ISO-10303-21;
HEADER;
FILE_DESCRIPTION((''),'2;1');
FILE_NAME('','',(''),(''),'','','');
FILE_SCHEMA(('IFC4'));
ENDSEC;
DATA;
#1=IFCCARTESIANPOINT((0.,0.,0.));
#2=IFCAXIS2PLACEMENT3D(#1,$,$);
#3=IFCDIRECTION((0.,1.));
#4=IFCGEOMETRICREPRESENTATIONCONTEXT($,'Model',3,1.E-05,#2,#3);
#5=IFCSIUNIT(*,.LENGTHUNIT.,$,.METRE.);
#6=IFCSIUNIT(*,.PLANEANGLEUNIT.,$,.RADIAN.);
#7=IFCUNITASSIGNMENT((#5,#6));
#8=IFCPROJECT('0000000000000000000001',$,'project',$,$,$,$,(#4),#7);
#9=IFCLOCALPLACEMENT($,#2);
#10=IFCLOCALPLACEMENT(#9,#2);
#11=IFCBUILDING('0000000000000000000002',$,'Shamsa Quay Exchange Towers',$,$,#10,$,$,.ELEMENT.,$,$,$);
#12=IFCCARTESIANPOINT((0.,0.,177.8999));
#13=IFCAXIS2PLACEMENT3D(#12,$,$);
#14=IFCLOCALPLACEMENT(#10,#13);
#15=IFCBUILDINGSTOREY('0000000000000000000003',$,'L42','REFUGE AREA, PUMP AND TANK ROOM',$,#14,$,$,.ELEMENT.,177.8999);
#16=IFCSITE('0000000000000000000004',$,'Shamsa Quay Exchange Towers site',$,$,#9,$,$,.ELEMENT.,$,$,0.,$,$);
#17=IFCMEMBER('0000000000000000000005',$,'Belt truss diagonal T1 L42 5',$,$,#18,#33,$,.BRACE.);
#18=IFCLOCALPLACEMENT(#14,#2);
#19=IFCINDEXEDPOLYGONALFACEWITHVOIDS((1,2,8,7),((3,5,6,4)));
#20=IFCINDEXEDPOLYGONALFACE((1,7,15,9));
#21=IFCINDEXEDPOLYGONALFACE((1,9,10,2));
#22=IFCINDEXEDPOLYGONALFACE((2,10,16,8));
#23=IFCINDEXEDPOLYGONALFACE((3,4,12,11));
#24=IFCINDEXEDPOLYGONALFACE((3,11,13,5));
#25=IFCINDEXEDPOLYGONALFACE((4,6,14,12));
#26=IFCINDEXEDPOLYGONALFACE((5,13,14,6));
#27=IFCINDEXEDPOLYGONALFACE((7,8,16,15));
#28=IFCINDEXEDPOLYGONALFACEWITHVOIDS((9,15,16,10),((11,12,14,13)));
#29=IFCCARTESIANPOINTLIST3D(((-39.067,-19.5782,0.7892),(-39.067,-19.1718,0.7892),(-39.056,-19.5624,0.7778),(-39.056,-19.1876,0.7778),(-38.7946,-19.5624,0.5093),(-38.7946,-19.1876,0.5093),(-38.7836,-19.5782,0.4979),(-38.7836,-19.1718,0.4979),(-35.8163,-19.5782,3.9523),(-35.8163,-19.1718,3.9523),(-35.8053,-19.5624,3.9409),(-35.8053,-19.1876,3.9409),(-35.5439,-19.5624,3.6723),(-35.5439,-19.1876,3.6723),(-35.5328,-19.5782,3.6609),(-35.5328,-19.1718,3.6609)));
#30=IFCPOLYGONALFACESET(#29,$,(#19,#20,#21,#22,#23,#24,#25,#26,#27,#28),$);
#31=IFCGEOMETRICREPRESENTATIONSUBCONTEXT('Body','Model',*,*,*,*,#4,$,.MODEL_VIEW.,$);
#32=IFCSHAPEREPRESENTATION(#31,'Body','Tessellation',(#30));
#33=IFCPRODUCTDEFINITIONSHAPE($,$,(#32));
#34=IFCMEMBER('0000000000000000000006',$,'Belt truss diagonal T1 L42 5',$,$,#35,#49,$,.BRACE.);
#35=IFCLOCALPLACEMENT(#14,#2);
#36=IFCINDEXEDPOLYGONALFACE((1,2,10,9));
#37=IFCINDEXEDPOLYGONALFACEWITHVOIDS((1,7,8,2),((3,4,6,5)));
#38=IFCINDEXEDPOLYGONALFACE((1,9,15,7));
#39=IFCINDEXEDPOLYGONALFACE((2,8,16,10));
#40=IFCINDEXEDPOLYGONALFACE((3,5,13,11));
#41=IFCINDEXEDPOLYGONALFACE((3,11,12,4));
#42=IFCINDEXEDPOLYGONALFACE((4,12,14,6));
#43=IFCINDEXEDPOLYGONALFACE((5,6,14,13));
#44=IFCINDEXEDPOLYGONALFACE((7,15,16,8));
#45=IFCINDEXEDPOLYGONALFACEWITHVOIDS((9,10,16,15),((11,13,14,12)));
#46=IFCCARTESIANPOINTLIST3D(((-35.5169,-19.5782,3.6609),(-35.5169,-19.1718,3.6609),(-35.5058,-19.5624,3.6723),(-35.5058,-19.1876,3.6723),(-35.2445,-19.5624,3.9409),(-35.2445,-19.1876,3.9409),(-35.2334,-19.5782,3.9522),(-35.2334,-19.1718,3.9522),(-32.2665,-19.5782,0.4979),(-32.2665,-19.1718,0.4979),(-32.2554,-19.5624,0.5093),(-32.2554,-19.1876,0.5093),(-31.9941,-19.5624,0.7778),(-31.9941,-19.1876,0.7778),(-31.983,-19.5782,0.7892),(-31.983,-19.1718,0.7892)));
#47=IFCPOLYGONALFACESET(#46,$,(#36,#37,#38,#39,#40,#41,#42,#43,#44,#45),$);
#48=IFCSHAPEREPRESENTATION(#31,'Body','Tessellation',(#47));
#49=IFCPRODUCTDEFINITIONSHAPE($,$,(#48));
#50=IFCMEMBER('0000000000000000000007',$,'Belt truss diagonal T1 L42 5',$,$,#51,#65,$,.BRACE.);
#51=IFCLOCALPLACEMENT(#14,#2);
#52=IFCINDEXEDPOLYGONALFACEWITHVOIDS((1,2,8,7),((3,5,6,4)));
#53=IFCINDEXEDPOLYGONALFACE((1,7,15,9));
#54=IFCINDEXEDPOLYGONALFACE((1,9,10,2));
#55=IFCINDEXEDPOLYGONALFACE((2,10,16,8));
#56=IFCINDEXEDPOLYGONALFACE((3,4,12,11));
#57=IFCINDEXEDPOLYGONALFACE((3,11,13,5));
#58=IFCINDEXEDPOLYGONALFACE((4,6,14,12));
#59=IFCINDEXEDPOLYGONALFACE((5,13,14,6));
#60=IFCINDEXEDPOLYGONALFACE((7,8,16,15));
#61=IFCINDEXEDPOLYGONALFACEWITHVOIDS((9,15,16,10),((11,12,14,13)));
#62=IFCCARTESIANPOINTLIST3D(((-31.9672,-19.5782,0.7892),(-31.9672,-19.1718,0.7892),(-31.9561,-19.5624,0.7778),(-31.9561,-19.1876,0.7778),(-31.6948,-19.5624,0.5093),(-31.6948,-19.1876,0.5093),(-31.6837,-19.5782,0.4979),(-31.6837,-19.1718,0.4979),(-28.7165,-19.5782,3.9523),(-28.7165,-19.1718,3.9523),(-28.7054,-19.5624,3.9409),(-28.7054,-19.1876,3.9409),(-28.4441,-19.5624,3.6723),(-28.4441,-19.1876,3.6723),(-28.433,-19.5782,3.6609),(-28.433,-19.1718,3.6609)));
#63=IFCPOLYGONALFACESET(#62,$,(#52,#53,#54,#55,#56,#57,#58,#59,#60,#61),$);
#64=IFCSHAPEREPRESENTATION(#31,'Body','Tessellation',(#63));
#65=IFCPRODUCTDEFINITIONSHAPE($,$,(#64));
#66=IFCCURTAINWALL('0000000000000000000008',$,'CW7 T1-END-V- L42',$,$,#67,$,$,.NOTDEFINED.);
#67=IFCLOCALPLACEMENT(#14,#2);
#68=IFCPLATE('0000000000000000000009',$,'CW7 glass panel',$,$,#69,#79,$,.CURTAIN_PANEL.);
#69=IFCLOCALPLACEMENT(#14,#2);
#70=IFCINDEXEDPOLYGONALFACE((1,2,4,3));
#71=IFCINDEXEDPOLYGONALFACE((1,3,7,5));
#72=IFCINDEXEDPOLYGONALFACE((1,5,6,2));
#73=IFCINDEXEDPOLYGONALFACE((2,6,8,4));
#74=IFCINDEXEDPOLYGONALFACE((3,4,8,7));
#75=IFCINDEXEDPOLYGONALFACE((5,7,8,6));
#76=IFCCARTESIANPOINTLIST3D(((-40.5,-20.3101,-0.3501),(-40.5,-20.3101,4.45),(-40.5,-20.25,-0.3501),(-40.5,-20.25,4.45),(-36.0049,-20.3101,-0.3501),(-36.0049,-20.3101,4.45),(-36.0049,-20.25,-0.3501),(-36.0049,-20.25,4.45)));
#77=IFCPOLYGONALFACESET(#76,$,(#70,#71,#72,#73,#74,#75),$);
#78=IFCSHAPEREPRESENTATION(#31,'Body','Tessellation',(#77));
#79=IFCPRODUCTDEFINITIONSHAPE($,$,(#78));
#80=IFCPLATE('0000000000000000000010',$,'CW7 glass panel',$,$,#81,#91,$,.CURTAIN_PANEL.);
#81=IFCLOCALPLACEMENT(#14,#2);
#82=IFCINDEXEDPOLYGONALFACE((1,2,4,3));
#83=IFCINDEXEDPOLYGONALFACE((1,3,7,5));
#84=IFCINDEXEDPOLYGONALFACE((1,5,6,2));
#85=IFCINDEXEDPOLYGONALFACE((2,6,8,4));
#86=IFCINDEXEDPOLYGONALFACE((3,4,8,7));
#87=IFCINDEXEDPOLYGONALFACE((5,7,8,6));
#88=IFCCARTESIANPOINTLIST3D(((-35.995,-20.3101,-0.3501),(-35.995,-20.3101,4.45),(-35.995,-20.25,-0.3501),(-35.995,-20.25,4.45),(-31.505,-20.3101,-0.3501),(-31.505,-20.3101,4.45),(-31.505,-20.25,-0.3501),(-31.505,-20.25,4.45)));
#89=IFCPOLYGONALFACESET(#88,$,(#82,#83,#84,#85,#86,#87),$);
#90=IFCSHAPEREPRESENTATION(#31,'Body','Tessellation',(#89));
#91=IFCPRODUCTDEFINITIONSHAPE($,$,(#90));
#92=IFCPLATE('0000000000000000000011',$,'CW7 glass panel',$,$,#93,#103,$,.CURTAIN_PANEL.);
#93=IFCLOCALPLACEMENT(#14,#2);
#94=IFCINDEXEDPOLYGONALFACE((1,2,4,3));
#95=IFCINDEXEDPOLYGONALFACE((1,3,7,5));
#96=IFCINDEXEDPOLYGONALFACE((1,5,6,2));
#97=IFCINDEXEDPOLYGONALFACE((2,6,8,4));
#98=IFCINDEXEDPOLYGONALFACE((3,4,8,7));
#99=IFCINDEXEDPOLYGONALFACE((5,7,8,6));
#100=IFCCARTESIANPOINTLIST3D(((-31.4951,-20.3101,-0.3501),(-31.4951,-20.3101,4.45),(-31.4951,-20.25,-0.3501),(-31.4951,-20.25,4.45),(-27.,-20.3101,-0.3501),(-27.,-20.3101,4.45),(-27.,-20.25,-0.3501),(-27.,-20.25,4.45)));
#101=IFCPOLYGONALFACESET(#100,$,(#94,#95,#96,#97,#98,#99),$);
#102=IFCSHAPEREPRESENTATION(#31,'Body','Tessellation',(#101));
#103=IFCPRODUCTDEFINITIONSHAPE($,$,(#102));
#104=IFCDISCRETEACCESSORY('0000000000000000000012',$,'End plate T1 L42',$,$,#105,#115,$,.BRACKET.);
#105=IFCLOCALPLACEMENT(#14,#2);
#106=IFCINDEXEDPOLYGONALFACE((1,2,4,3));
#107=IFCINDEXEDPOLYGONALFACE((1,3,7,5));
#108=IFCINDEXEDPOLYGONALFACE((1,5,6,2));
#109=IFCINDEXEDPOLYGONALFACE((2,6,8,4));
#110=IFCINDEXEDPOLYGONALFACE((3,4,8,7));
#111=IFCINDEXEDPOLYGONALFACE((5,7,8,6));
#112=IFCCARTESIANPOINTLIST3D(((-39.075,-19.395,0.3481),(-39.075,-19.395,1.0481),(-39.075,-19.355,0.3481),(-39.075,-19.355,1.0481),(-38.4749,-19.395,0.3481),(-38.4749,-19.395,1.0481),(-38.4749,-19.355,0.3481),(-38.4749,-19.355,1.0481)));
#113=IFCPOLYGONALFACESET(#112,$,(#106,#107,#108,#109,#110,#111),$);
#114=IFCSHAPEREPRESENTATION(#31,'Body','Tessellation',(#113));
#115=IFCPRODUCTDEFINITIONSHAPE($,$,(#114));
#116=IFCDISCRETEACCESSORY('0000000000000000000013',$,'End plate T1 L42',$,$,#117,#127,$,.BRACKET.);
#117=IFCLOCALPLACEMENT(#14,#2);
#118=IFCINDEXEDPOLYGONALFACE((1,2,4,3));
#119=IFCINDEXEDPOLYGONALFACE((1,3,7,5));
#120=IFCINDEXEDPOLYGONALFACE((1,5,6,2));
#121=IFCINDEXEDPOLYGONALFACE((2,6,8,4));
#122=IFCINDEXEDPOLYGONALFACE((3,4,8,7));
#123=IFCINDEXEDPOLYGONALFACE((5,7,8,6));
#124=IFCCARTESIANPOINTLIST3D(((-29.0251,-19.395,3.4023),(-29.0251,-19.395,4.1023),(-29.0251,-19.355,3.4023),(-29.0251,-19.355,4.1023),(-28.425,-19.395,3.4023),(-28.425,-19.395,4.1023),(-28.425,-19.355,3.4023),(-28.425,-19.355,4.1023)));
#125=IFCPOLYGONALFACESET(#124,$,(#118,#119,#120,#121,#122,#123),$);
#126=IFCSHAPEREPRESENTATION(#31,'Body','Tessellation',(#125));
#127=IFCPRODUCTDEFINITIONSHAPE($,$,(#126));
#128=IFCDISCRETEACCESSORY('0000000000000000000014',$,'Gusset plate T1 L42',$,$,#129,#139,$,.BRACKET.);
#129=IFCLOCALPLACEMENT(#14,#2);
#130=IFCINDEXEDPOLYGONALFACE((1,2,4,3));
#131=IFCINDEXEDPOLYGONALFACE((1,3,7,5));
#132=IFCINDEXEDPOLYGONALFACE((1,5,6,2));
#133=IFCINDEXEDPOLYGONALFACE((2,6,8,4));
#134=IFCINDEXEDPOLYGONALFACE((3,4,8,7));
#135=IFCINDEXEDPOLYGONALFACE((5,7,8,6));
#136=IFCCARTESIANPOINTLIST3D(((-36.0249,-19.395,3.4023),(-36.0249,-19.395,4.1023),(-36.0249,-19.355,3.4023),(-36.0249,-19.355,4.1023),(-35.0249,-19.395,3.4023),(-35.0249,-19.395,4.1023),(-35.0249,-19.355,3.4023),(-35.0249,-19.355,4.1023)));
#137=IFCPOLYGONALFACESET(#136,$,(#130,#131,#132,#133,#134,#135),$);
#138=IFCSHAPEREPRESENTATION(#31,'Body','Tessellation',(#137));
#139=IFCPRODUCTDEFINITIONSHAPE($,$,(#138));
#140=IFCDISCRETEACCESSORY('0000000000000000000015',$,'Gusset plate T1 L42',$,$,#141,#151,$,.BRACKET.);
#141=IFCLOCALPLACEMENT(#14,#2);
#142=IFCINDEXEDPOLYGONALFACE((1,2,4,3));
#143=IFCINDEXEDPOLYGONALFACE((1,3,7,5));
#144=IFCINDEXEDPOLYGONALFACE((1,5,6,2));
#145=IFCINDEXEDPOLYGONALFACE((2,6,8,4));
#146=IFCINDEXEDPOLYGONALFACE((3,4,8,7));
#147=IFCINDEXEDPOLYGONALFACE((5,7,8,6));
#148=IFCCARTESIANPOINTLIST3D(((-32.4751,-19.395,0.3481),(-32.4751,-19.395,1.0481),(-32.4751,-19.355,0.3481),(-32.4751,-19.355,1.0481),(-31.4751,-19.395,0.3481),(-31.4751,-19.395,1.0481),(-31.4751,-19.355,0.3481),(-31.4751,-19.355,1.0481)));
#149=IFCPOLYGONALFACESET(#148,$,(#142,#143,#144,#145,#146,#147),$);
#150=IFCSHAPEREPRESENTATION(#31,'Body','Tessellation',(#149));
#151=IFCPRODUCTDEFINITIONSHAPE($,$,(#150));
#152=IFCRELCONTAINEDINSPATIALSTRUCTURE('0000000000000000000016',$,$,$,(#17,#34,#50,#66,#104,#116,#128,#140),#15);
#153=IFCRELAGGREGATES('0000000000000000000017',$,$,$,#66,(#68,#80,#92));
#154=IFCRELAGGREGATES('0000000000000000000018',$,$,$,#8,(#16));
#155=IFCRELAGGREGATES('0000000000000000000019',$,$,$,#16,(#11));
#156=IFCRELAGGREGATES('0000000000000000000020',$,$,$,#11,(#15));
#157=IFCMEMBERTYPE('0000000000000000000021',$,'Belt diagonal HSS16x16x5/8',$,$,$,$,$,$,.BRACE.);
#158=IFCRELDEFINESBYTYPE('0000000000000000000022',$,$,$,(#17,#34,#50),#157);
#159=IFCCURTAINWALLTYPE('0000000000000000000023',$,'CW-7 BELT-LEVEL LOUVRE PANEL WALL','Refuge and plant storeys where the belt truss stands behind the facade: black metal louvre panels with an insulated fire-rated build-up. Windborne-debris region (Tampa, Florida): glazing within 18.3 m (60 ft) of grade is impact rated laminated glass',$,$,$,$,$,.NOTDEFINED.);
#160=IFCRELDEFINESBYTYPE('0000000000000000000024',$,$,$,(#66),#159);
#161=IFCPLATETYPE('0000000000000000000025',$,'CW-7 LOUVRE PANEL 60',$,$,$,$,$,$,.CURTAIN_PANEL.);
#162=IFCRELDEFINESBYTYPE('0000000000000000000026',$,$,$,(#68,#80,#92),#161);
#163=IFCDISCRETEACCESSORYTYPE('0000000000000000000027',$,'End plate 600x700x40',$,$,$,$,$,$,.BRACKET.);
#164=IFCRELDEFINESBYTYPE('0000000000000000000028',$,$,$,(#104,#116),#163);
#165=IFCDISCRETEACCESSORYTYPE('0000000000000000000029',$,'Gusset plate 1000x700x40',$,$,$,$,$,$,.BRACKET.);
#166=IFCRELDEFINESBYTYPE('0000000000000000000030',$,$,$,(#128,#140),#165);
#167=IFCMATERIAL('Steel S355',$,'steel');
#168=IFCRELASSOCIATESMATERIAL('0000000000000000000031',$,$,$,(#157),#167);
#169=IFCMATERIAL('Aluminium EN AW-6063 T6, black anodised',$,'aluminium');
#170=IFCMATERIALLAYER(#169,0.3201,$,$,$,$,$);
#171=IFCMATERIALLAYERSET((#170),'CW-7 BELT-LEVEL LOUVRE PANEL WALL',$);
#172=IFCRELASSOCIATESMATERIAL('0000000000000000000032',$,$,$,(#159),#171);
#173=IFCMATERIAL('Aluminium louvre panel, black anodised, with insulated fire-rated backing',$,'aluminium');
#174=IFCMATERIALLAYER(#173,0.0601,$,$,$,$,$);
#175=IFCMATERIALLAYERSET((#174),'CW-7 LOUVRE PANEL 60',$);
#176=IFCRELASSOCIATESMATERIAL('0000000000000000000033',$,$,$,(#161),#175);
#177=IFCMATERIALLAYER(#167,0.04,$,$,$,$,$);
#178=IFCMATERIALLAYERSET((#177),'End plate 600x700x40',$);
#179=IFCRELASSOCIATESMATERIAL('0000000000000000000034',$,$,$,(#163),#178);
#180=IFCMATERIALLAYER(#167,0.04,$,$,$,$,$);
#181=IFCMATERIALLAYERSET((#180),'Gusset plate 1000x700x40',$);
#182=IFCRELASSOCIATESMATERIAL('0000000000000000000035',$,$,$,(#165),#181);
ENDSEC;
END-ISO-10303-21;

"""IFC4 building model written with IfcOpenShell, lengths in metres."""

from ifc_helpers import new_model, si_unit, direction, frame, origin, origin_2d, place, context, subcontext, project, spatial, rectangle, hollow_rectangle, extrude, material, layer, layer_set, material_profile, profile_set, type_object, element, aggregate, save


model = new_model("IFC4")

# Units and contexts
model_context = context("Model", 3, precision=1e-05, world=origin(), true_north=direction((0.0, 1.0)))
body_context = subcontext(model_context, "Body", "Model", "MODEL_VIEW")
ifc_project = project(units=[si_unit("LENGTHUNIT", "METRE"), si_unit("PLANEANGLEUNIT", "RADIAN")], contexts=[model_context])

# Site, building, storey
site_placement = place(None, origin())
site = spatial("IfcSite", under=ifc_project, at=site_placement, Name="Shamsa Quay Exchange Towers site", CompositionType="ELEMENT", RefElevation=0.0)
building_placement = place(site_placement, origin())
building = spatial("IfcBuilding", under=site, at=building_placement, Name="Shamsa Quay Exchange Towers", CompositionType="ELEMENT")
storey_placement = place(building_placement, frame((0.0, 0.0, 177.8999)))
storey = spatial("IfcBuildingStorey", under=building, at=storey_placement, Name="L42", Description="REFUGE AREA, PUMP AND TANK ROOM", CompositionType="ELEMENT", Elevation=177.8999)

# Members
ifc_material_1 = material(Name="Steel S355", Category="steel")
ifc_material_profile_1 = material_profile(ifc_material_1, hollow_rectangle(XDim=0.4065, YDim=0.4065, WallThickness=0.0159, at=origin_2d()), Name="HSS16x16x5/8")
ifc_profile_set_1 = profile_set([ifc_material_profile_1], Name="Steel S355")
member_type_1 = type_object("IfcMemberType", Name="Belt diagonal HSS16x16x5/8", PredefinedType="BRACE", material=ifc_profile_set_1)
member_1_placement = place(storey_placement, frame((-38.9253, -19.375, 0.6436), z_axis=(0.716703, 0.0, 0.697379), x_axis=(0.0, 1.0, 0.0)))
element("IfcMember", 1, at=member_1_placement, inside=storey, type_object=member_type_1, Name="Belt truss diagonal T1 L42 5", PredefinedType="BRACE", context=body_context, shape_type="SweptSolid", body=[
    extrude(hollow_rectangle(XDim=0.4065, YDim=0.4065, WallThickness=0.0159, at=origin_2d()), origin(), (0.0, 0.0, 1.0), 4.5356),
])
member_2_placement = place(storey_placement, frame((-32.1248, -19.375, 0.6436), z_axis=(-0.716676, 0.0, 0.697406), x_axis=(0.0, -1.0, 0.0)))
element("IfcMember", 2, at=member_2_placement, inside=storey, type_object=member_type_1, Name="Belt truss diagonal T1 L42 5", PredefinedType="BRACE", context=body_context, shape_type="SweptSolid", body=[
    extrude(hollow_rectangle(XDim=0.4065, YDim=0.4065, WallThickness=0.0159, at=origin_2d()), origin(), (0.0, 0.0, 1.0), 4.5354),
])
member_3_placement = place(storey_placement, frame((-31.8254, -19.375, 0.6436), z_axis=(0.716703, 0.0, 0.697379), x_axis=(0.0, 1.0, 0.0)))
element("IfcMember", 3, at=member_3_placement, inside=storey, type_object=member_type_1, Name="Belt truss diagonal T1 L42 5", PredefinedType="BRACE", context=body_context, shape_type="SweptSolid", body=[
    extrude(hollow_rectangle(XDim=0.4065, YDim=0.4065, WallThickness=0.0159, at=origin_2d()), origin(), (0.0, 0.0, 1.0), 4.5356),
])

# Curtain wall, plates
ifc_material_2 = material(Name="Aluminium EN AW-6063 T6, black anodised", Category="aluminium")
ifc_layer_1 = layer(ifc_material_2, 0.3201)
ifc_layer_set_1 = layer_set([ifc_layer_1], Name="CW-7 BELT-LEVEL LOUVRE PANEL WALL")
curtain_wall_type = type_object("IfcCurtainWallType", Name="CW-7 BELT-LEVEL LOUVRE PANEL WALL", Description="Refuge and plant storeys where the belt truss stands behind the facade: black metal louvre panels with an insulated fire-rated build-up. Windborne-debris region (Tampa, Florida): glazing within 18.3 m (60 ft) of grade is impact rated laminated glass", PredefinedType="NOTDEFINED", material=ifc_layer_set_1)
curtain_wall_placement = place(storey_placement, origin())
curtain_wall = element("IfcCurtainWall", 4, at=curtain_wall_placement, inside=storey, type_object=curtain_wall_type, Name="CW7 T1-END-V- L42", PredefinedType="NOTDEFINED")
ifc_material_3 = material(Name="Aluminium louvre panel, black anodised, with insulated fire-rated backing", Category="aluminium")
ifc_layer_2 = layer(ifc_material_3, 0.0601)
ifc_layer_set_2 = layer_set([ifc_layer_2], Name="CW-7 LOUVRE PANEL 60")
plate_type = type_object("IfcPlateType", Name="CW-7 LOUVRE PANEL 60", PredefinedType="CURTAIN_PANEL", material=ifc_layer_set_2)
plate_1_placement = place(storey_placement, frame((-38.2524, -20.28, -0.3501)))
plate_1 = element("IfcPlate", 5, at=plate_1_placement, type_object=plate_type, Name="CW7 glass panel", PredefinedType="CURTAIN_PANEL", context=body_context, shape_type="SweptSolid", body=[
    extrude(rectangle(XDim=4.4951, YDim=0.0601, at=origin_2d()), origin(), (0.0, 0.0, 1.0), 4.8),
])
plate_2_placement = place(storey_placement, frame((-33.75, -20.28, -0.3501)))
plate_2 = element("IfcPlate", 6, at=plate_2_placement, type_object=plate_type, Name="CW7 glass panel", PredefinedType="CURTAIN_PANEL", context=body_context, shape_type="SweptSolid", body=[
    extrude(rectangle(XDim=4.49, YDim=0.0601, at=origin_2d()), origin(), (0.0, 0.0, 1.0), 4.8),
])
plate_3_placement = place(storey_placement, frame((-29.2476, -20.28, -0.3501)))
plate_3 = element("IfcPlate", 7, at=plate_3_placement, type_object=plate_type, Name="CW7 glass panel", PredefinedType="CURTAIN_PANEL", context=body_context, shape_type="SweptSolid", body=[
    extrude(rectangle(XDim=4.4951, YDim=0.0601, at=origin_2d()), origin(), (0.0, 0.0, 1.0), 4.8),
])
aggregate(curtain_wall, [plate_1, plate_2, plate_3])

# Discrete accessories
ifc_layer_3 = layer(ifc_material_1, 0.04)
ifc_layer_set_3 = layer_set([ifc_layer_3], Name="End plate 600x700x40")
discrete_accessory_type_1 = type_object("IfcDiscreteAccessoryType", Name="End plate 600x700x40", PredefinedType="BRACKET", material=ifc_layer_set_3)
for number, where, name in (
    (8, (-38.7749, -19.375, 0.3481), "End plate T1 L42"),
    (9, (-28.7251, -19.375, 3.4023), "End plate T1 L42"),
):
    element("IfcDiscreteAccessory", number, at=place(storey_placement, frame(where)), inside=storey, type_object=discrete_accessory_type_1, Name=name, PredefinedType="BRACKET", context=body_context, shape_type="SweptSolid", body=[
        extrude(rectangle(XDim=0.6001, YDim=0.04, at=origin_2d()), origin(), (0.0, 0.0, 1.0), 0.7),
    ])
ifc_layer_4 = layer(ifc_material_1, 0.04)
ifc_layer_set_4 = layer_set([ifc_layer_4], Name="Gusset plate 1000x700x40")
discrete_accessory_type_2 = type_object("IfcDiscreteAccessoryType", Name="Gusset plate 1000x700x40", PredefinedType="BRACKET", material=ifc_layer_set_4)
for number, where, name in (
    (10, (-35.5249, -19.375, 3.4023), "Gusset plate T1 L42"),
    (11, (-31.9751, -19.375, 0.3481), "Gusset plate T1 L42"),
):
    element("IfcDiscreteAccessory", number, at=place(storey_placement, frame(where)), inside=storey, type_object=discrete_accessory_type_2, Name=name, PredefinedType="BRACKET", context=body_context, shape_type="SweptSolid", body=[
        extrude(rectangle(XDim=1.0, YDim=0.04, at=origin_2d()), origin(), (0.0, 0.0, 1.0), 0.7),
    ])

save(model, "model.ifc")
